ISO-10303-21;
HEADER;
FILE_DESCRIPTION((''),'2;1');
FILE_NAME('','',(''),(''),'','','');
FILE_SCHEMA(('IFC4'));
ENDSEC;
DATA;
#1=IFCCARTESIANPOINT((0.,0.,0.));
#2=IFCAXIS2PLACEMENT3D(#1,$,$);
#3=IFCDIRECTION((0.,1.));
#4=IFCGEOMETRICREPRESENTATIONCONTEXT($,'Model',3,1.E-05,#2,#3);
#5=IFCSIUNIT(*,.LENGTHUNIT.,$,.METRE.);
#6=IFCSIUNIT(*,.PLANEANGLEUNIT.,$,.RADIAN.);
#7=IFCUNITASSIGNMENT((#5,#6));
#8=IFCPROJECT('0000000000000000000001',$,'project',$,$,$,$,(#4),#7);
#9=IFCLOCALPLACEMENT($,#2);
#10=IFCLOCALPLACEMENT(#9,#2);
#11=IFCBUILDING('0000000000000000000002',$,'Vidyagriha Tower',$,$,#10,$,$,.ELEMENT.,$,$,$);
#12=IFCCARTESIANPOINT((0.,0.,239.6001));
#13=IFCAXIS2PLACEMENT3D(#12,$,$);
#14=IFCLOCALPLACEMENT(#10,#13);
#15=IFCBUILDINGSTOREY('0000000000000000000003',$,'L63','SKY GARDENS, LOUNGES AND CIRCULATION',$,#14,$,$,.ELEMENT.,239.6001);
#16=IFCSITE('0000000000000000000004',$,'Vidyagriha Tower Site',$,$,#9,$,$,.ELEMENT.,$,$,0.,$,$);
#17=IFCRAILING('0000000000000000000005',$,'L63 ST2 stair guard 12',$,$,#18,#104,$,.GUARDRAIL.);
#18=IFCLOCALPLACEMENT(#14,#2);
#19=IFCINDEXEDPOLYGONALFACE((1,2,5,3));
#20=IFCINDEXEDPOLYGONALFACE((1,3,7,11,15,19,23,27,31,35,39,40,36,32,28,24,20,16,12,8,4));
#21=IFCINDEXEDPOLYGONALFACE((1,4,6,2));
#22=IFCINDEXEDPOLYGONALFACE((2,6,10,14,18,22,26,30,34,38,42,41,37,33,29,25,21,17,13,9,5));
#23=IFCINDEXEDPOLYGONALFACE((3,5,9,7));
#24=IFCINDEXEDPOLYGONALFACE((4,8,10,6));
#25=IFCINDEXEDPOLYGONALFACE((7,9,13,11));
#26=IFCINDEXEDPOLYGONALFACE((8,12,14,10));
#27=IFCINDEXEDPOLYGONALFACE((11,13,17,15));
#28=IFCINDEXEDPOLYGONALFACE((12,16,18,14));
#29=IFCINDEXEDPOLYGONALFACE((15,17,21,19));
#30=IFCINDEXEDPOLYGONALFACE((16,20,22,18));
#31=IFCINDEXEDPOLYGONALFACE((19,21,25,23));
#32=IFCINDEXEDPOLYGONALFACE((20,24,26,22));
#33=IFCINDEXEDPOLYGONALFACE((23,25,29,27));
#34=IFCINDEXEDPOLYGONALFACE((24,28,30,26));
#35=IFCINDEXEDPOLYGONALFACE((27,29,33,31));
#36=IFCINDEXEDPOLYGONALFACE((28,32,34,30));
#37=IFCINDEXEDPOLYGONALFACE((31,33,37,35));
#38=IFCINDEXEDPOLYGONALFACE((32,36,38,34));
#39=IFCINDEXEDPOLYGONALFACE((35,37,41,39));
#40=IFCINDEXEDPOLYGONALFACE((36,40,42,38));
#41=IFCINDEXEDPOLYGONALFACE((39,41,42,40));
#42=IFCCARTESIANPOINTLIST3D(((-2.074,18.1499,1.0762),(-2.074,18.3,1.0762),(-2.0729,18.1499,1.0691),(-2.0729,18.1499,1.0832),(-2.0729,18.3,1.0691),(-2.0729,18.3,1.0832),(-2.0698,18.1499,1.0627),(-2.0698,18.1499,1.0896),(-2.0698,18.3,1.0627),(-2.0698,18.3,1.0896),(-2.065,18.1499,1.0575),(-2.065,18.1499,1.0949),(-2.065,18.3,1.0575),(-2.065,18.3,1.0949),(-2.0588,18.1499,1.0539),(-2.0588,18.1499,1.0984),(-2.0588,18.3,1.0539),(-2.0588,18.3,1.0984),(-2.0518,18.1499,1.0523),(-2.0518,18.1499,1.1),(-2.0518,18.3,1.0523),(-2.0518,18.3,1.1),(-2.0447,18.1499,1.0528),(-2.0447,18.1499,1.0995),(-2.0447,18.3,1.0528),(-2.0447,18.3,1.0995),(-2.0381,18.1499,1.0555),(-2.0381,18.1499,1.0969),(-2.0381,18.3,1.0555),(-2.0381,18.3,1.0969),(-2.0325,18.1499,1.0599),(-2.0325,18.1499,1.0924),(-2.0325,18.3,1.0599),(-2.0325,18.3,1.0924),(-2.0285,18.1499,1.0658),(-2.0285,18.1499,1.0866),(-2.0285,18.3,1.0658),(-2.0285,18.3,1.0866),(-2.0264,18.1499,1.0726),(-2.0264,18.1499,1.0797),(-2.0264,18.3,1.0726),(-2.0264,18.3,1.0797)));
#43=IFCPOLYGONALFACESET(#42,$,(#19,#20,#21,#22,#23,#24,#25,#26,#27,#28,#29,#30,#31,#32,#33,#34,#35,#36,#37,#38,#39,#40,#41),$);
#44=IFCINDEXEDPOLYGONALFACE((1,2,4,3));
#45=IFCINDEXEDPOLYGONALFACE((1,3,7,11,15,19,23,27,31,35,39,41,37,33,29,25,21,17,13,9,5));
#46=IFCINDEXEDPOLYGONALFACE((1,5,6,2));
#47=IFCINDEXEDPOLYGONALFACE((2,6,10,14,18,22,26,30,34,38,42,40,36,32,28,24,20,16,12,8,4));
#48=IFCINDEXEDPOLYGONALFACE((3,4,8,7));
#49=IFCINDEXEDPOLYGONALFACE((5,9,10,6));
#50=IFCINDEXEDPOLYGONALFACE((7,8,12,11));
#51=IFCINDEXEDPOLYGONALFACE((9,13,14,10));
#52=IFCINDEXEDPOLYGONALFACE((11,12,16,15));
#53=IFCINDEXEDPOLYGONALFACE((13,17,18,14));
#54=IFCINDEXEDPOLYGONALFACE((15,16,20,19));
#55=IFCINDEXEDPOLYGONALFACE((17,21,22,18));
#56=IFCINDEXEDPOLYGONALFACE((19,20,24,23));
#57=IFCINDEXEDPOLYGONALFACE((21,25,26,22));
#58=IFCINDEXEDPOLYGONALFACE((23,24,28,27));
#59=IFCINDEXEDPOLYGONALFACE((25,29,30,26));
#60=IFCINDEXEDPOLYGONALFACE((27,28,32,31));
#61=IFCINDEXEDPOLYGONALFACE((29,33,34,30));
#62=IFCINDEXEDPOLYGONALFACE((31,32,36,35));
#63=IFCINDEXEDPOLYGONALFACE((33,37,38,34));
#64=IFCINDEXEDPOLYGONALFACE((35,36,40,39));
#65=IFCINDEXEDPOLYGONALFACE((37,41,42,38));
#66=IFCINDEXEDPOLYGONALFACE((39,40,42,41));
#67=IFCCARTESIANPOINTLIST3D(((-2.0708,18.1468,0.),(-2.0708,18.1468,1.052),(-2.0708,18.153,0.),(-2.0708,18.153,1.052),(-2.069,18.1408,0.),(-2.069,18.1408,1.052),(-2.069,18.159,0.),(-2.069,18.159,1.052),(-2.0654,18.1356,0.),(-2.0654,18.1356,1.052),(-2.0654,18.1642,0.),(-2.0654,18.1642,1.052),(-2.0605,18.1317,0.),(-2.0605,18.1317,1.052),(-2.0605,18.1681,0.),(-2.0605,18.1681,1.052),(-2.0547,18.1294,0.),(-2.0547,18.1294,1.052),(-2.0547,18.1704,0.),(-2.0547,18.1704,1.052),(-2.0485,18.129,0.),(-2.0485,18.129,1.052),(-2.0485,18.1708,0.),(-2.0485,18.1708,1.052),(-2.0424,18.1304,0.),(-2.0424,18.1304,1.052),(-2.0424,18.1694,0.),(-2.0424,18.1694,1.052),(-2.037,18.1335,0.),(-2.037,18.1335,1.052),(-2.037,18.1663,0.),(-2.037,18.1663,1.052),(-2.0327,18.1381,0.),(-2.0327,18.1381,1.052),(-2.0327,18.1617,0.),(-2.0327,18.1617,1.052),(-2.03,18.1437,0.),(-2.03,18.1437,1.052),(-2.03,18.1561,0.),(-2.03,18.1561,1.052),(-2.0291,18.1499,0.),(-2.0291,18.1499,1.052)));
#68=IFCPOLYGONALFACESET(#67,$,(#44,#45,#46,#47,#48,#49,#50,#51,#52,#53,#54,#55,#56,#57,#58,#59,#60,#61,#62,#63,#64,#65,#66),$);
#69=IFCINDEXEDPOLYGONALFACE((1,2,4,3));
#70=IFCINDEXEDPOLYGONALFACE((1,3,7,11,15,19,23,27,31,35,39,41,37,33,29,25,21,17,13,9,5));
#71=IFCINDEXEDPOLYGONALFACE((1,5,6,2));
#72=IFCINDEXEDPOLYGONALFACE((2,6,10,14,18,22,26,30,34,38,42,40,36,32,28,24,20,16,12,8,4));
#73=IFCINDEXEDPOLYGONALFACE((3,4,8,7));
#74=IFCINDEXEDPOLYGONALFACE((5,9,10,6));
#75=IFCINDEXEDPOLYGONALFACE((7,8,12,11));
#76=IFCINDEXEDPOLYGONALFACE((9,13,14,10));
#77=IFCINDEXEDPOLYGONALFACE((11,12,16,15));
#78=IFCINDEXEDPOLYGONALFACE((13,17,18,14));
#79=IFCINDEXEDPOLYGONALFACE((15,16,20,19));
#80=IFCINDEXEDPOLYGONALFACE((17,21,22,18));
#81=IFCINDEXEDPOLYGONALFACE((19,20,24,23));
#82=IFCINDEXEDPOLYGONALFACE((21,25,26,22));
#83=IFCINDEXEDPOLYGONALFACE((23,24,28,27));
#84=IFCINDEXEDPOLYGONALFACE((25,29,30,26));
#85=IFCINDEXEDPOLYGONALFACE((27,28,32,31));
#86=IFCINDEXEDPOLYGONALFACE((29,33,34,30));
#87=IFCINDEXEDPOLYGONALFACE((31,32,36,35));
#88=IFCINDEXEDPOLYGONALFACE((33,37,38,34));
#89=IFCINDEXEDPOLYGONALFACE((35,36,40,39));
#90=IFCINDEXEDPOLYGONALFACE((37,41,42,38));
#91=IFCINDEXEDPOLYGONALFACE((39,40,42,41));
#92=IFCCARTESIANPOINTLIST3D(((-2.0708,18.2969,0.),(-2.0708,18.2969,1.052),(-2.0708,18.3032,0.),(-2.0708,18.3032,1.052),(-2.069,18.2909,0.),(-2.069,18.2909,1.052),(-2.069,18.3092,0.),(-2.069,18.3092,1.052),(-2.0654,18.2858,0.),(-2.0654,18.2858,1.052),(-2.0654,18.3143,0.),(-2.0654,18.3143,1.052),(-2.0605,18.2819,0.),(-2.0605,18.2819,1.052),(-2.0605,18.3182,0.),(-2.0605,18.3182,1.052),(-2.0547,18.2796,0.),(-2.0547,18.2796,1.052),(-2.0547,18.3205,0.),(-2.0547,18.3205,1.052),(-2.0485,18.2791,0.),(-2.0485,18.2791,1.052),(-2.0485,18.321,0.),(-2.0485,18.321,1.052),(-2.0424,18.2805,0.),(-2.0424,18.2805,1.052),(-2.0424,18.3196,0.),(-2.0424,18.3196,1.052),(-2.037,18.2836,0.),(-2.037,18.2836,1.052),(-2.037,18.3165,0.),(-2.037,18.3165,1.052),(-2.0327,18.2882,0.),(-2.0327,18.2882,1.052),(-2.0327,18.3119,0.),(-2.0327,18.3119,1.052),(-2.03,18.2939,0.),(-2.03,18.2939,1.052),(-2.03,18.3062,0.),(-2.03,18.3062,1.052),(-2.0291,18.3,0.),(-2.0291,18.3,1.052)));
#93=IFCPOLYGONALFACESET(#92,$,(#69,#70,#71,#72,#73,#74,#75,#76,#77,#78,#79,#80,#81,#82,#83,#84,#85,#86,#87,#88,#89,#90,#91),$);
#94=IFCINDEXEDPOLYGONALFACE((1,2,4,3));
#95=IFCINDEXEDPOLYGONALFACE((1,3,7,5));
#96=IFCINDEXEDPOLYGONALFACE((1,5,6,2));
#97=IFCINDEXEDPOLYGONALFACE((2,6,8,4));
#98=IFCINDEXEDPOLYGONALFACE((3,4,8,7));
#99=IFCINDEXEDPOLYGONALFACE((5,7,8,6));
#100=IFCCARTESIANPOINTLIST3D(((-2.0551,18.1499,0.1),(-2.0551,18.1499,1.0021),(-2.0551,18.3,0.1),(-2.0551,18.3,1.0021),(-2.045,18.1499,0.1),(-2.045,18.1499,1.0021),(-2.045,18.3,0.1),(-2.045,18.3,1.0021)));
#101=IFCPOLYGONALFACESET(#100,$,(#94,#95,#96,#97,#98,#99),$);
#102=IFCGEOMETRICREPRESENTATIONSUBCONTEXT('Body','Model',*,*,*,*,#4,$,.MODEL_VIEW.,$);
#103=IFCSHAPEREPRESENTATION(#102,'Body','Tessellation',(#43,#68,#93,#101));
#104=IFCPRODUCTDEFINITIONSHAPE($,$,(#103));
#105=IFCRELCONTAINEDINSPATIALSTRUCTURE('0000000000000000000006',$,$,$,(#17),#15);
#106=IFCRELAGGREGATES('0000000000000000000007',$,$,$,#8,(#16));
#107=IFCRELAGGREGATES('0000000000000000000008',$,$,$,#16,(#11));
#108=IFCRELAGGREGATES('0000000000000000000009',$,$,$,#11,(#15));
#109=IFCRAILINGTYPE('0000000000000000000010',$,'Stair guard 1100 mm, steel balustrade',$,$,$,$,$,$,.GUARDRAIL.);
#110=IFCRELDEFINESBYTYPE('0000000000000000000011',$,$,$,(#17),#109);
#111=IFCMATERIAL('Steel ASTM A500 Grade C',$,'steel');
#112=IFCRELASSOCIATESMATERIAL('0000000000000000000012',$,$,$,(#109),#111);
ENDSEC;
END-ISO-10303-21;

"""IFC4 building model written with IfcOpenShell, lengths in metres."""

from ifc_helpers import new_model, si_unit, direction, frame, origin, origin_2d, place, context, subcontext, project, spatial, rectangle, circle, extrude, material, type_object, element, save


model = new_model("IFC4")

# Units and contexts
model_context = context("Model", 3, precision=1e-05, world=origin(), true_north=direction((0.0, 1.0)))
body_context = subcontext(model_context, "Body", "Model", "MODEL_VIEW")
ifc_project = project(units=[si_unit("LENGTHUNIT", "METRE"), si_unit("PLANEANGLEUNIT", "RADIAN")], contexts=[model_context])

# Site, building, storey
site_placement = place(None, origin())
site = spatial("IfcSite", under=ifc_project, at=site_placement, Name="Vidyagriha Tower Site", CompositionType="ELEMENT", RefElevation=0.0)
building_placement = place(site_placement, origin())
building = spatial("IfcBuilding", under=site, at=building_placement, Name="Vidyagriha Tower", CompositionType="ELEMENT")
storey_placement = place(building_placement, frame((0.0, 0.0, 239.6001)))
storey = spatial("IfcBuildingStorey", under=building, at=storey_placement, Name="L63", Description="SKY GARDENS, LOUNGES AND CIRCULATION", CompositionType="ELEMENT", Elevation=239.6001)

# Railing
ifc_material_1 = material(Name="Steel ASTM A500 Grade C", Category="steel")
railing_type_1 = type_object("IfcRailingType", Name="Stair guard 1100 mm, steel balustrade", PredefinedType="GUARDRAIL", material=ifc_material_1)
railing_1_placement = place(storey_placement, frame((-2.05, 18.1499, 0.0)))
element("IfcRailing", 1, at=railing_1_placement, inside=storey, type_object=railing_type_1, Name="L63 ST2 stair guard 12", PredefinedType="GUARDRAIL", context=body_context, shape_type="SweptSolid", body=[
    extrude(circle(Radius=0.0239, at=origin_2d()), frame((0.0, 0.0, 1.0762), z_axis=(0.0, 1.0, 0.0), x_axis=(-1.0, 0.0, 0.0)), (0.0, 0.0, 1.0), 0.1501),
    extrude(circle(Radius=0.021, at=origin_2d()), origin(), (0.0, 0.0, 1.0), 1.052),
    extrude(circle(Radius=0.021, at=origin_2d()), frame((0.0, 0.1501, 0.0)), (0.0, 0.0, 1.0), 1.052),
    extrude(rectangle(XDim=0.01, YDim=0.9021, at=origin_2d()), frame((0.0, 0.0, 0.551), z_axis=(0.0, 1.0, 0.0), x_axis=(-1.0, 0.0, 0.0)), (0.0, 0.0, 1.0), 0.1501),
])

save(model, "model.ifc")
